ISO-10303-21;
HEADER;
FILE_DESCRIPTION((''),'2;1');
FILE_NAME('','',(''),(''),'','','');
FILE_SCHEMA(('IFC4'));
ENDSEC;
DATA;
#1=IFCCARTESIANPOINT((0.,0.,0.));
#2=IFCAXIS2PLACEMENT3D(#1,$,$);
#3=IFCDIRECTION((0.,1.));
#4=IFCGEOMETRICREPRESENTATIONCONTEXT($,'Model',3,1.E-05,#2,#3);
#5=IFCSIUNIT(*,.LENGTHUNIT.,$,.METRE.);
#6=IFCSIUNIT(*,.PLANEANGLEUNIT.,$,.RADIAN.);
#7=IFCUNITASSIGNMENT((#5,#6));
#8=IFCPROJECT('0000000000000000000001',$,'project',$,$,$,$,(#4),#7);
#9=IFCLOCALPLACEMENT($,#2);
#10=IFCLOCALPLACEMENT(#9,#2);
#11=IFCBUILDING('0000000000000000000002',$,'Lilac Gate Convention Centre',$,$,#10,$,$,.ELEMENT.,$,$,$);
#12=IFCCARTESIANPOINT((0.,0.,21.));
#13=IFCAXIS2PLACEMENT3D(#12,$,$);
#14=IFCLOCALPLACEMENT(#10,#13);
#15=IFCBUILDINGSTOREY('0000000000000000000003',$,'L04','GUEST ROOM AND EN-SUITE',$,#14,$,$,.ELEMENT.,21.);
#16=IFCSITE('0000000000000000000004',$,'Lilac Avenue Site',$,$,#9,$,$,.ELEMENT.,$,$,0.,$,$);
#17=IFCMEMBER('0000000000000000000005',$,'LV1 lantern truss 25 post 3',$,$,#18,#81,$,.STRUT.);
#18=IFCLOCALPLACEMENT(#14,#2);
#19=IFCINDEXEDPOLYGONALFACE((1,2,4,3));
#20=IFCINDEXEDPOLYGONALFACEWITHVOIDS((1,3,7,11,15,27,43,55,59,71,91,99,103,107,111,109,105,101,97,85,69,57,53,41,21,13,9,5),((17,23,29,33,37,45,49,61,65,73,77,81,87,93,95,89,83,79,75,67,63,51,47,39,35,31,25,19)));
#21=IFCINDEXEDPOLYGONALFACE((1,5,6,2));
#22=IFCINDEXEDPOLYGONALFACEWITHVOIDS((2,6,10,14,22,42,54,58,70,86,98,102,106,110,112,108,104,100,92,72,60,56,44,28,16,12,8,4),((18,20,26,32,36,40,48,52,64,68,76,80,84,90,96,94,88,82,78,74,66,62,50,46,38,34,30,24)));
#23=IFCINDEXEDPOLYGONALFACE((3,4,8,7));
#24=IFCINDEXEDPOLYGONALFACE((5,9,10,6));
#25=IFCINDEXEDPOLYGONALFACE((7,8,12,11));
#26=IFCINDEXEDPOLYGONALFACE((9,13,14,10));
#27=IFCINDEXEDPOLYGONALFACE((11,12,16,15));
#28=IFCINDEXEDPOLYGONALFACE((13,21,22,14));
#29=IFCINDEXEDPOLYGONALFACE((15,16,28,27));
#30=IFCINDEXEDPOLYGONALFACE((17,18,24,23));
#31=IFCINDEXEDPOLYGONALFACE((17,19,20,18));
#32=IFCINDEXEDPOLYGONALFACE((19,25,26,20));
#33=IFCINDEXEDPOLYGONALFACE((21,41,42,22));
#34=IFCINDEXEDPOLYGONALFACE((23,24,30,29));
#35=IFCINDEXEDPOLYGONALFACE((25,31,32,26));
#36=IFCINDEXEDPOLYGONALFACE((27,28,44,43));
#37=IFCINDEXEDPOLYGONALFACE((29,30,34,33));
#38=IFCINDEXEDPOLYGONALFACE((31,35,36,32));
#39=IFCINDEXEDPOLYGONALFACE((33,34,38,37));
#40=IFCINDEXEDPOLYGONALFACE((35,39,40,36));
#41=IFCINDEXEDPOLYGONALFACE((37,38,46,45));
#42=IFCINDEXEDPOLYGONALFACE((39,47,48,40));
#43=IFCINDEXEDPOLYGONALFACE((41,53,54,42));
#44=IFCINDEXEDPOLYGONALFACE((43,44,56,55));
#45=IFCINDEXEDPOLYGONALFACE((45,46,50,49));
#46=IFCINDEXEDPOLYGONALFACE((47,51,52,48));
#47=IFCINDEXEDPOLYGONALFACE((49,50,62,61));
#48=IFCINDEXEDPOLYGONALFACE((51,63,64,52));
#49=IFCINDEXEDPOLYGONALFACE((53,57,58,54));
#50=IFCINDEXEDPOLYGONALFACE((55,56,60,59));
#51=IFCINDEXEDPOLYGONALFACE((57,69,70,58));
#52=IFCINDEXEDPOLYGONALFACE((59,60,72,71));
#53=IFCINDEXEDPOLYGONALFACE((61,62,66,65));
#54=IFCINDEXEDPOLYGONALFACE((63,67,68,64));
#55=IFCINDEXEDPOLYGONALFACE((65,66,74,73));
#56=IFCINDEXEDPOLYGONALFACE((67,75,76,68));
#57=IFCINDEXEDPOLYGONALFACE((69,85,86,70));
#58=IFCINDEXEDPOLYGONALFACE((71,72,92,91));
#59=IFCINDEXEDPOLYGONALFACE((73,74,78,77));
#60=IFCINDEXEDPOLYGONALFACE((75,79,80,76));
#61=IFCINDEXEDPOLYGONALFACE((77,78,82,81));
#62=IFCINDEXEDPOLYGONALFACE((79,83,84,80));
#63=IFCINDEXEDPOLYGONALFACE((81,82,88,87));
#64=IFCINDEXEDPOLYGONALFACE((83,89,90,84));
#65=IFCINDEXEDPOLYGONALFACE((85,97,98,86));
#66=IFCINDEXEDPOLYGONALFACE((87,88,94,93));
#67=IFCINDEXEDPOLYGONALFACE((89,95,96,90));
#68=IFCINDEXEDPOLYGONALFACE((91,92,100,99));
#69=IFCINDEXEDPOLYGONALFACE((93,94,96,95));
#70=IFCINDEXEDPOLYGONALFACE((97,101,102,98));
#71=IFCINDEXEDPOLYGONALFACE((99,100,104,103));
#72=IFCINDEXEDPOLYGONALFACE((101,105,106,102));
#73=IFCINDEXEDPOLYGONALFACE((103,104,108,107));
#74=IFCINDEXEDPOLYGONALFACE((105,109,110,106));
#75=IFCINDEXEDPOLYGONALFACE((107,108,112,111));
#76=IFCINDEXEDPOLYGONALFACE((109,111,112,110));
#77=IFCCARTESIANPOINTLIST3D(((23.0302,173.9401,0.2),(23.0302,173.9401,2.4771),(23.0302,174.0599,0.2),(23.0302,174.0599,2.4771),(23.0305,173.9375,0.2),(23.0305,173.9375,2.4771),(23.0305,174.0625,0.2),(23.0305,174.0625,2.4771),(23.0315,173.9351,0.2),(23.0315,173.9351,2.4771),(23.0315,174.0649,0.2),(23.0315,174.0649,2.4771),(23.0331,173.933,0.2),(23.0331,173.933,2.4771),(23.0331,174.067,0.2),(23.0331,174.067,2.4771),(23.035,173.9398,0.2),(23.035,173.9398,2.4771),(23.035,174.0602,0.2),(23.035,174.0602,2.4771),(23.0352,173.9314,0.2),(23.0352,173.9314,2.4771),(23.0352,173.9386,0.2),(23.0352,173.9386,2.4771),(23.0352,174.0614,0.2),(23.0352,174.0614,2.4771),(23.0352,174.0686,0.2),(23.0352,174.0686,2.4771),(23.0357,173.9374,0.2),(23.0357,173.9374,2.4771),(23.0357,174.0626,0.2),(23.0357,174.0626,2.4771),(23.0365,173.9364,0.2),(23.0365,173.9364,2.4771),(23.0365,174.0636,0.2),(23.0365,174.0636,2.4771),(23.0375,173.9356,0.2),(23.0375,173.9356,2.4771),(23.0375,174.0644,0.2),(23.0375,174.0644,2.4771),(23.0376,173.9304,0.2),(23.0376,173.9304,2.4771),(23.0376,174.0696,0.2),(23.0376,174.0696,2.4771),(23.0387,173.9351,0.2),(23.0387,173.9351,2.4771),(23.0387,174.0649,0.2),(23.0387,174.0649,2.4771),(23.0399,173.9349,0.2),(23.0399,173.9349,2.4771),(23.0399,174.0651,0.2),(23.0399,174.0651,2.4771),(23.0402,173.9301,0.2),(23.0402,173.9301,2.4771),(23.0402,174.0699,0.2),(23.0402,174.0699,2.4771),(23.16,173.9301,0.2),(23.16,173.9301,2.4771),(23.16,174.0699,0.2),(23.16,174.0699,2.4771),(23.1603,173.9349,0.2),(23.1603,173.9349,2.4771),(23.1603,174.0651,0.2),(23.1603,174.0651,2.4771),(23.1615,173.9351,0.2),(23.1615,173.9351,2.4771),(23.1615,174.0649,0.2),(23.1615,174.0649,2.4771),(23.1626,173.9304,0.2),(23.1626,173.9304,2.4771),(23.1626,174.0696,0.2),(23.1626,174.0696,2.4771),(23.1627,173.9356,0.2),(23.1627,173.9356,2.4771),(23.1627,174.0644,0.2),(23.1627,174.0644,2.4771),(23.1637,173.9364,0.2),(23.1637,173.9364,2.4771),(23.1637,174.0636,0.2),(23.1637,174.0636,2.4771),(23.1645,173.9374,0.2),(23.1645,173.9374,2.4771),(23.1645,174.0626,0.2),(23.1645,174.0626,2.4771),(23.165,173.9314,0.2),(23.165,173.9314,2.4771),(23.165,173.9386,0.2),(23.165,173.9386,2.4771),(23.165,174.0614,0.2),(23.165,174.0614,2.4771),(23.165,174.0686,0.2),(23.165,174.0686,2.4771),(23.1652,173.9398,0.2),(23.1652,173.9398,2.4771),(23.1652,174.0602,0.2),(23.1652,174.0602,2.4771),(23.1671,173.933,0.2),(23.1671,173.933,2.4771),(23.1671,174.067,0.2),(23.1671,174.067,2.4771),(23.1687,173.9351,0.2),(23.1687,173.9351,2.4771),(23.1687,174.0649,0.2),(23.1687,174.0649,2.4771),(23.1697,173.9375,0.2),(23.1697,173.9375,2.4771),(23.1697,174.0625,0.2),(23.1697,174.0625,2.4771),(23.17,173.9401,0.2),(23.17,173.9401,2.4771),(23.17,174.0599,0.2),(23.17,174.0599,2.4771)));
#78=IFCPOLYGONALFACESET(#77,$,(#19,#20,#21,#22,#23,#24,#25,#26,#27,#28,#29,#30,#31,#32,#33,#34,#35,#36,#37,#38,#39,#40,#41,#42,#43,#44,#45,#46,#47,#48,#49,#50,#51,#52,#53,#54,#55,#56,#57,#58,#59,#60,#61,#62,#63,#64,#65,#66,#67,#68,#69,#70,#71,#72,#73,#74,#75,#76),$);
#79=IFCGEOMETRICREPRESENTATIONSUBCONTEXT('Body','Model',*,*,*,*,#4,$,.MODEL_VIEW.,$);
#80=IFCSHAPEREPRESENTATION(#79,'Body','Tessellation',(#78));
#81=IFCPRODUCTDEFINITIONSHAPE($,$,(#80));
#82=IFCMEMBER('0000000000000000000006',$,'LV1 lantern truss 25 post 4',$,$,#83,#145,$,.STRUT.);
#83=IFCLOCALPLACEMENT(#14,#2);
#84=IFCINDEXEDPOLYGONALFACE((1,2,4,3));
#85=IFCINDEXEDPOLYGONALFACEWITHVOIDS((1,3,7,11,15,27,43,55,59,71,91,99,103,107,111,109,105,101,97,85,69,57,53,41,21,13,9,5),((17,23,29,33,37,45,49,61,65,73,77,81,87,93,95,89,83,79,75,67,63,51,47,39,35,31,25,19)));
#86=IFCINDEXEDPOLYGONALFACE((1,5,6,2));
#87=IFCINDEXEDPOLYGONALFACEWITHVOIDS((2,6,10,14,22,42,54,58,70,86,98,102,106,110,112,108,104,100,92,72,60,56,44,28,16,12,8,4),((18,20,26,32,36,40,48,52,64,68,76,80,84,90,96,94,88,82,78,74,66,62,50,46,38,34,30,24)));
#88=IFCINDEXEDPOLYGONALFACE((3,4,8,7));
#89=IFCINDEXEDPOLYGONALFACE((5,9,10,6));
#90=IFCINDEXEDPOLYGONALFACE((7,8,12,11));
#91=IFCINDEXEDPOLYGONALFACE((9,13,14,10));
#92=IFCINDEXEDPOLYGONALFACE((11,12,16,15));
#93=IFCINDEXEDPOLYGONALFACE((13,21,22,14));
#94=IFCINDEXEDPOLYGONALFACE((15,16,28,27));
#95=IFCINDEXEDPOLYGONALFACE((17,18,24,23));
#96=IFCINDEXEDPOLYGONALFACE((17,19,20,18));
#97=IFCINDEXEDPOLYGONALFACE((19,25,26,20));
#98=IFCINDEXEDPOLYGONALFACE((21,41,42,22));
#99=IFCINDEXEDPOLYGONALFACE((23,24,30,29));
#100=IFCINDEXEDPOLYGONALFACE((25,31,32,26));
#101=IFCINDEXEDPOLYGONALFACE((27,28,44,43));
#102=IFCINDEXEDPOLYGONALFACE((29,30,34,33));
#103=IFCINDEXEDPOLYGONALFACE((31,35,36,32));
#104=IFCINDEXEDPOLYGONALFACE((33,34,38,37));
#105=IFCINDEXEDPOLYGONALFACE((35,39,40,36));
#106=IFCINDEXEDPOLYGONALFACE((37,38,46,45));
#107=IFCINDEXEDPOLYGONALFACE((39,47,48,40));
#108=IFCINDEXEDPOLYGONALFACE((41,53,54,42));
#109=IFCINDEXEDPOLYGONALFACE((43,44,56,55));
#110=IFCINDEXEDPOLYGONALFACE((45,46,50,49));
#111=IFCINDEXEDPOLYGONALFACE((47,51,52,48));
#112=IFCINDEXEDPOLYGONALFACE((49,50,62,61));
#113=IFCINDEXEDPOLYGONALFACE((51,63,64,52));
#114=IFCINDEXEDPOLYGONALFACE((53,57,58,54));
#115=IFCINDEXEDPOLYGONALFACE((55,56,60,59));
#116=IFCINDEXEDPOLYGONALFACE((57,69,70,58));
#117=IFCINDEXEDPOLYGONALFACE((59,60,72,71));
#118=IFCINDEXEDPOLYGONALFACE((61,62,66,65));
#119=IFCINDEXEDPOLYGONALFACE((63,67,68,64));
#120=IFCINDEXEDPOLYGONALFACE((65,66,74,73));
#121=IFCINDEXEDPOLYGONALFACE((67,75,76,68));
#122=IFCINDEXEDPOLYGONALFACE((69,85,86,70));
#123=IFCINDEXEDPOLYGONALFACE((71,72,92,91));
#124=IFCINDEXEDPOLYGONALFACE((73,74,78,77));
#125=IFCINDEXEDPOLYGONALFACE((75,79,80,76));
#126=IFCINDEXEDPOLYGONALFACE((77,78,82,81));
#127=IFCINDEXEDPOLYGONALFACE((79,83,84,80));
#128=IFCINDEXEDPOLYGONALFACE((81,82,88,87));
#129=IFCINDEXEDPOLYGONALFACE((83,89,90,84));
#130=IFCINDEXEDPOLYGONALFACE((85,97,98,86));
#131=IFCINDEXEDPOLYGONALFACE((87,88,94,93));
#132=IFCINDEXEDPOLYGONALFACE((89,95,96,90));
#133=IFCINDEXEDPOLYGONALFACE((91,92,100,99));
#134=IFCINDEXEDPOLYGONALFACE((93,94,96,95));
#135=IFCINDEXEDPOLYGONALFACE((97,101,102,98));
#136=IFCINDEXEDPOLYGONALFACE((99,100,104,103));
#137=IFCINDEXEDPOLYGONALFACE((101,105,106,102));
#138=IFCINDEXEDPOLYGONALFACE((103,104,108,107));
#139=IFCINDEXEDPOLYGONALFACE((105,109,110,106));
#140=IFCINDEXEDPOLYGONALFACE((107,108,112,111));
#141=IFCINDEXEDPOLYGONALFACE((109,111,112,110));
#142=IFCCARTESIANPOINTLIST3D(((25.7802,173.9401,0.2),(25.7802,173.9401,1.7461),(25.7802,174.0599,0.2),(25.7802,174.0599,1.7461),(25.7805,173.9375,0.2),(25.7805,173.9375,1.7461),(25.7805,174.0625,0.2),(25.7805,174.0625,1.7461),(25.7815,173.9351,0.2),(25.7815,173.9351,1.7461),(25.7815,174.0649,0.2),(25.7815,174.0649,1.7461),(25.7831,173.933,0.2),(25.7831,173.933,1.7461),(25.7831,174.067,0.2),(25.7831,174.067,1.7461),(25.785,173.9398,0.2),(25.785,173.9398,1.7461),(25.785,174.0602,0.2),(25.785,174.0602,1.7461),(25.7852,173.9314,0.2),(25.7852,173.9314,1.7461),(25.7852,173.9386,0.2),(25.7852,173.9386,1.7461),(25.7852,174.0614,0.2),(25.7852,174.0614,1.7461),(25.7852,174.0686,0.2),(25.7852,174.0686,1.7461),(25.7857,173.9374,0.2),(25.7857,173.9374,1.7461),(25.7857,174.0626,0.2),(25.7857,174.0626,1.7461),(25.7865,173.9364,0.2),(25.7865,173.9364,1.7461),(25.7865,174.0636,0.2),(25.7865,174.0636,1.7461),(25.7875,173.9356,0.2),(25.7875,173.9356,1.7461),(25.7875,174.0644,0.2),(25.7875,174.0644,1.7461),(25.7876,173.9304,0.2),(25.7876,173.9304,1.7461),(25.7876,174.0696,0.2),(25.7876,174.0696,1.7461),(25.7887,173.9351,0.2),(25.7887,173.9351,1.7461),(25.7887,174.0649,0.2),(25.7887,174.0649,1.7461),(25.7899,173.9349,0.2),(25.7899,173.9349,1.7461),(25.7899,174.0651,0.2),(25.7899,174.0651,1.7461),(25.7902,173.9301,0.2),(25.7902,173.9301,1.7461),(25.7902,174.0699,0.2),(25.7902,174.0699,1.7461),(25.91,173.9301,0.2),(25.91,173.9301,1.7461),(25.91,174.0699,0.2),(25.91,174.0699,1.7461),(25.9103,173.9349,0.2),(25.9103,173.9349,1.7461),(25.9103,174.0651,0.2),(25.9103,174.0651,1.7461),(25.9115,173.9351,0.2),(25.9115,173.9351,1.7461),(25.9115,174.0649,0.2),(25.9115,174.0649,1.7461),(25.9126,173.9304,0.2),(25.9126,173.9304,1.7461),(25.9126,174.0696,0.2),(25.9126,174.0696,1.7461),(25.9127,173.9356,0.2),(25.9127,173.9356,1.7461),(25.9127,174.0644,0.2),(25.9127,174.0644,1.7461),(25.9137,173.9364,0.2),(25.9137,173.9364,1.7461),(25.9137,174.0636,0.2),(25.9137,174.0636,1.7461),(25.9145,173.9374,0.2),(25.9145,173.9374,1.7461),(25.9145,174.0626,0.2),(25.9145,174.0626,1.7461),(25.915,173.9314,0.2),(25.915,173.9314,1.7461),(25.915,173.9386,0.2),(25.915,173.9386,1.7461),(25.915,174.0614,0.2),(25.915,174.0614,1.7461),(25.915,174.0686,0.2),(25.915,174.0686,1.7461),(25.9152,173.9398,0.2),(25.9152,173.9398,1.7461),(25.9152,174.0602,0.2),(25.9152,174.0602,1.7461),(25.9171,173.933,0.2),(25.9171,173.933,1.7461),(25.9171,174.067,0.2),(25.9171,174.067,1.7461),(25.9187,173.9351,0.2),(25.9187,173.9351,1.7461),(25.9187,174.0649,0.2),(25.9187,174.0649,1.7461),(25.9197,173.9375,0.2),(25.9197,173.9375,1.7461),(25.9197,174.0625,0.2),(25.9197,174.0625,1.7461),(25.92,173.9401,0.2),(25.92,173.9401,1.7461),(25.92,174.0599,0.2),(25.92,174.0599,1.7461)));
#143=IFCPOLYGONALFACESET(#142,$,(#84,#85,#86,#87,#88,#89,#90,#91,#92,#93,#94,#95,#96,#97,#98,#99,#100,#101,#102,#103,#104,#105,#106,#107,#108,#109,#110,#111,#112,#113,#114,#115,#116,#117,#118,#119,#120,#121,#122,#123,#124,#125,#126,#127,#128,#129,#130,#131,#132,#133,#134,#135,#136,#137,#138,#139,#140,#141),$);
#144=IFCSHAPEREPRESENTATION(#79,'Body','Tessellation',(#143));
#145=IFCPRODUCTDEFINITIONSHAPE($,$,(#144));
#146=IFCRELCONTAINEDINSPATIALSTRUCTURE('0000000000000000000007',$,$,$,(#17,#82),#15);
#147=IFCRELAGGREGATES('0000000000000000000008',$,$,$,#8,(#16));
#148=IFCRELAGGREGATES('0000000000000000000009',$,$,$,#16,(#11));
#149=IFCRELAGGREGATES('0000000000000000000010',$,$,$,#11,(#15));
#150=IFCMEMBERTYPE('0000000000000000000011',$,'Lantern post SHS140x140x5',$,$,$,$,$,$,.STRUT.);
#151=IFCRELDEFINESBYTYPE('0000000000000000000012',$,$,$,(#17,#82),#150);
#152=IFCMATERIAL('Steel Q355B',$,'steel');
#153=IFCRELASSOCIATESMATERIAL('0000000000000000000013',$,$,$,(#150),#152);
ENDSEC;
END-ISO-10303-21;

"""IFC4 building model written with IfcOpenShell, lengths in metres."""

from ifc_helpers import new_model, si_unit, direction, frame, origin, origin_2d, place, context, subcontext, project, spatial, hollow_rectangle, extrude, material, material_profile, profile_set, type_object, element, save


model = new_model("IFC4")

# Units and contexts
model_context = context("Model", 3, precision=1e-05, world=origin(), true_north=direction((0.0, 1.0)))
body_context = subcontext(model_context, "Body", "Model", "MODEL_VIEW")
ifc_project = project(units=[si_unit("LENGTHUNIT", "METRE"), si_unit("PLANEANGLEUNIT", "RADIAN")], contexts=[model_context])

# Site, building, storey
site_placement = place(None, origin())
site = spatial("IfcSite", under=ifc_project, at=site_placement, Name="Lilac Avenue Site", CompositionType="ELEMENT", RefElevation=0.0)
building_placement = place(site_placement, origin())
building = spatial("IfcBuilding", under=site, at=building_placement, Name="Lilac Gate Convention Centre", CompositionType="ELEMENT")
storey_placement = place(building_placement, frame((0.0, 0.0, 21.0)))
storey = spatial("IfcBuildingStorey", under=building, at=storey_placement, Name="L04", Description="GUEST ROOM AND EN-SUITE", CompositionType="ELEMENT", Elevation=21.0)

# Members
ifc_material_1 = material(Name="Steel Q355B", Category="steel")
ifc_material_profile_1 = material_profile(ifc_material_1, hollow_rectangle(XDim=0.1399, YDim=0.1399, WallThickness=0.0049, InnerFilletRadius=0.0049, OuterFilletRadius=0.01, at=origin_2d()), Name="SHS140x140x5")
ifc_profile_set_1 = profile_set([ifc_material_profile_1], Name="Steel Q355B")
member_type_1 = type_object("IfcMemberType", Name="Lantern post SHS140x140x5", PredefinedType="STRUT", material=ifc_profile_set_1)
member_1_placement = place(storey_placement, frame((23.1001, 174.0, 0.2), z_axis=(0.0, 0.0, 1.0), x_axis=(1.0, 0.0, 0.0)))
element("IfcMember", 1, at=member_1_placement, inside=storey, type_object=member_type_1, Name="LV1 lantern truss 25 post 3", PredefinedType="STRUT", context=body_context, shape_type="SweptSolid", body=[
    extrude(hollow_rectangle(XDim=0.1399, YDim=0.1399, WallThickness=0.0049, InnerFilletRadius=0.0049, OuterFilletRadius=0.01, at=origin_2d()), origin(), (0.0, 0.0, 1.0), 2.2771),
])
member_2_placement = place(storey_placement, frame((25.8501, 174.0, 0.2), z_axis=(0.0, 0.0, 1.0), x_axis=(1.0, 0.0, 0.0)))
element("IfcMember", 2, at=member_2_placement, inside=storey, type_object=member_type_1, Name="LV1 lantern truss 25 post 4", PredefinedType="STRUT", context=body_context, shape_type="SweptSolid", body=[
    extrude(hollow_rectangle(XDim=0.1399, YDim=0.1399, WallThickness=0.0049, InnerFilletRadius=0.0049, OuterFilletRadius=0.01, at=origin_2d()), origin(), (0.0, 0.0, 1.0), 1.5461),
])

save(model, "model.ifc")
